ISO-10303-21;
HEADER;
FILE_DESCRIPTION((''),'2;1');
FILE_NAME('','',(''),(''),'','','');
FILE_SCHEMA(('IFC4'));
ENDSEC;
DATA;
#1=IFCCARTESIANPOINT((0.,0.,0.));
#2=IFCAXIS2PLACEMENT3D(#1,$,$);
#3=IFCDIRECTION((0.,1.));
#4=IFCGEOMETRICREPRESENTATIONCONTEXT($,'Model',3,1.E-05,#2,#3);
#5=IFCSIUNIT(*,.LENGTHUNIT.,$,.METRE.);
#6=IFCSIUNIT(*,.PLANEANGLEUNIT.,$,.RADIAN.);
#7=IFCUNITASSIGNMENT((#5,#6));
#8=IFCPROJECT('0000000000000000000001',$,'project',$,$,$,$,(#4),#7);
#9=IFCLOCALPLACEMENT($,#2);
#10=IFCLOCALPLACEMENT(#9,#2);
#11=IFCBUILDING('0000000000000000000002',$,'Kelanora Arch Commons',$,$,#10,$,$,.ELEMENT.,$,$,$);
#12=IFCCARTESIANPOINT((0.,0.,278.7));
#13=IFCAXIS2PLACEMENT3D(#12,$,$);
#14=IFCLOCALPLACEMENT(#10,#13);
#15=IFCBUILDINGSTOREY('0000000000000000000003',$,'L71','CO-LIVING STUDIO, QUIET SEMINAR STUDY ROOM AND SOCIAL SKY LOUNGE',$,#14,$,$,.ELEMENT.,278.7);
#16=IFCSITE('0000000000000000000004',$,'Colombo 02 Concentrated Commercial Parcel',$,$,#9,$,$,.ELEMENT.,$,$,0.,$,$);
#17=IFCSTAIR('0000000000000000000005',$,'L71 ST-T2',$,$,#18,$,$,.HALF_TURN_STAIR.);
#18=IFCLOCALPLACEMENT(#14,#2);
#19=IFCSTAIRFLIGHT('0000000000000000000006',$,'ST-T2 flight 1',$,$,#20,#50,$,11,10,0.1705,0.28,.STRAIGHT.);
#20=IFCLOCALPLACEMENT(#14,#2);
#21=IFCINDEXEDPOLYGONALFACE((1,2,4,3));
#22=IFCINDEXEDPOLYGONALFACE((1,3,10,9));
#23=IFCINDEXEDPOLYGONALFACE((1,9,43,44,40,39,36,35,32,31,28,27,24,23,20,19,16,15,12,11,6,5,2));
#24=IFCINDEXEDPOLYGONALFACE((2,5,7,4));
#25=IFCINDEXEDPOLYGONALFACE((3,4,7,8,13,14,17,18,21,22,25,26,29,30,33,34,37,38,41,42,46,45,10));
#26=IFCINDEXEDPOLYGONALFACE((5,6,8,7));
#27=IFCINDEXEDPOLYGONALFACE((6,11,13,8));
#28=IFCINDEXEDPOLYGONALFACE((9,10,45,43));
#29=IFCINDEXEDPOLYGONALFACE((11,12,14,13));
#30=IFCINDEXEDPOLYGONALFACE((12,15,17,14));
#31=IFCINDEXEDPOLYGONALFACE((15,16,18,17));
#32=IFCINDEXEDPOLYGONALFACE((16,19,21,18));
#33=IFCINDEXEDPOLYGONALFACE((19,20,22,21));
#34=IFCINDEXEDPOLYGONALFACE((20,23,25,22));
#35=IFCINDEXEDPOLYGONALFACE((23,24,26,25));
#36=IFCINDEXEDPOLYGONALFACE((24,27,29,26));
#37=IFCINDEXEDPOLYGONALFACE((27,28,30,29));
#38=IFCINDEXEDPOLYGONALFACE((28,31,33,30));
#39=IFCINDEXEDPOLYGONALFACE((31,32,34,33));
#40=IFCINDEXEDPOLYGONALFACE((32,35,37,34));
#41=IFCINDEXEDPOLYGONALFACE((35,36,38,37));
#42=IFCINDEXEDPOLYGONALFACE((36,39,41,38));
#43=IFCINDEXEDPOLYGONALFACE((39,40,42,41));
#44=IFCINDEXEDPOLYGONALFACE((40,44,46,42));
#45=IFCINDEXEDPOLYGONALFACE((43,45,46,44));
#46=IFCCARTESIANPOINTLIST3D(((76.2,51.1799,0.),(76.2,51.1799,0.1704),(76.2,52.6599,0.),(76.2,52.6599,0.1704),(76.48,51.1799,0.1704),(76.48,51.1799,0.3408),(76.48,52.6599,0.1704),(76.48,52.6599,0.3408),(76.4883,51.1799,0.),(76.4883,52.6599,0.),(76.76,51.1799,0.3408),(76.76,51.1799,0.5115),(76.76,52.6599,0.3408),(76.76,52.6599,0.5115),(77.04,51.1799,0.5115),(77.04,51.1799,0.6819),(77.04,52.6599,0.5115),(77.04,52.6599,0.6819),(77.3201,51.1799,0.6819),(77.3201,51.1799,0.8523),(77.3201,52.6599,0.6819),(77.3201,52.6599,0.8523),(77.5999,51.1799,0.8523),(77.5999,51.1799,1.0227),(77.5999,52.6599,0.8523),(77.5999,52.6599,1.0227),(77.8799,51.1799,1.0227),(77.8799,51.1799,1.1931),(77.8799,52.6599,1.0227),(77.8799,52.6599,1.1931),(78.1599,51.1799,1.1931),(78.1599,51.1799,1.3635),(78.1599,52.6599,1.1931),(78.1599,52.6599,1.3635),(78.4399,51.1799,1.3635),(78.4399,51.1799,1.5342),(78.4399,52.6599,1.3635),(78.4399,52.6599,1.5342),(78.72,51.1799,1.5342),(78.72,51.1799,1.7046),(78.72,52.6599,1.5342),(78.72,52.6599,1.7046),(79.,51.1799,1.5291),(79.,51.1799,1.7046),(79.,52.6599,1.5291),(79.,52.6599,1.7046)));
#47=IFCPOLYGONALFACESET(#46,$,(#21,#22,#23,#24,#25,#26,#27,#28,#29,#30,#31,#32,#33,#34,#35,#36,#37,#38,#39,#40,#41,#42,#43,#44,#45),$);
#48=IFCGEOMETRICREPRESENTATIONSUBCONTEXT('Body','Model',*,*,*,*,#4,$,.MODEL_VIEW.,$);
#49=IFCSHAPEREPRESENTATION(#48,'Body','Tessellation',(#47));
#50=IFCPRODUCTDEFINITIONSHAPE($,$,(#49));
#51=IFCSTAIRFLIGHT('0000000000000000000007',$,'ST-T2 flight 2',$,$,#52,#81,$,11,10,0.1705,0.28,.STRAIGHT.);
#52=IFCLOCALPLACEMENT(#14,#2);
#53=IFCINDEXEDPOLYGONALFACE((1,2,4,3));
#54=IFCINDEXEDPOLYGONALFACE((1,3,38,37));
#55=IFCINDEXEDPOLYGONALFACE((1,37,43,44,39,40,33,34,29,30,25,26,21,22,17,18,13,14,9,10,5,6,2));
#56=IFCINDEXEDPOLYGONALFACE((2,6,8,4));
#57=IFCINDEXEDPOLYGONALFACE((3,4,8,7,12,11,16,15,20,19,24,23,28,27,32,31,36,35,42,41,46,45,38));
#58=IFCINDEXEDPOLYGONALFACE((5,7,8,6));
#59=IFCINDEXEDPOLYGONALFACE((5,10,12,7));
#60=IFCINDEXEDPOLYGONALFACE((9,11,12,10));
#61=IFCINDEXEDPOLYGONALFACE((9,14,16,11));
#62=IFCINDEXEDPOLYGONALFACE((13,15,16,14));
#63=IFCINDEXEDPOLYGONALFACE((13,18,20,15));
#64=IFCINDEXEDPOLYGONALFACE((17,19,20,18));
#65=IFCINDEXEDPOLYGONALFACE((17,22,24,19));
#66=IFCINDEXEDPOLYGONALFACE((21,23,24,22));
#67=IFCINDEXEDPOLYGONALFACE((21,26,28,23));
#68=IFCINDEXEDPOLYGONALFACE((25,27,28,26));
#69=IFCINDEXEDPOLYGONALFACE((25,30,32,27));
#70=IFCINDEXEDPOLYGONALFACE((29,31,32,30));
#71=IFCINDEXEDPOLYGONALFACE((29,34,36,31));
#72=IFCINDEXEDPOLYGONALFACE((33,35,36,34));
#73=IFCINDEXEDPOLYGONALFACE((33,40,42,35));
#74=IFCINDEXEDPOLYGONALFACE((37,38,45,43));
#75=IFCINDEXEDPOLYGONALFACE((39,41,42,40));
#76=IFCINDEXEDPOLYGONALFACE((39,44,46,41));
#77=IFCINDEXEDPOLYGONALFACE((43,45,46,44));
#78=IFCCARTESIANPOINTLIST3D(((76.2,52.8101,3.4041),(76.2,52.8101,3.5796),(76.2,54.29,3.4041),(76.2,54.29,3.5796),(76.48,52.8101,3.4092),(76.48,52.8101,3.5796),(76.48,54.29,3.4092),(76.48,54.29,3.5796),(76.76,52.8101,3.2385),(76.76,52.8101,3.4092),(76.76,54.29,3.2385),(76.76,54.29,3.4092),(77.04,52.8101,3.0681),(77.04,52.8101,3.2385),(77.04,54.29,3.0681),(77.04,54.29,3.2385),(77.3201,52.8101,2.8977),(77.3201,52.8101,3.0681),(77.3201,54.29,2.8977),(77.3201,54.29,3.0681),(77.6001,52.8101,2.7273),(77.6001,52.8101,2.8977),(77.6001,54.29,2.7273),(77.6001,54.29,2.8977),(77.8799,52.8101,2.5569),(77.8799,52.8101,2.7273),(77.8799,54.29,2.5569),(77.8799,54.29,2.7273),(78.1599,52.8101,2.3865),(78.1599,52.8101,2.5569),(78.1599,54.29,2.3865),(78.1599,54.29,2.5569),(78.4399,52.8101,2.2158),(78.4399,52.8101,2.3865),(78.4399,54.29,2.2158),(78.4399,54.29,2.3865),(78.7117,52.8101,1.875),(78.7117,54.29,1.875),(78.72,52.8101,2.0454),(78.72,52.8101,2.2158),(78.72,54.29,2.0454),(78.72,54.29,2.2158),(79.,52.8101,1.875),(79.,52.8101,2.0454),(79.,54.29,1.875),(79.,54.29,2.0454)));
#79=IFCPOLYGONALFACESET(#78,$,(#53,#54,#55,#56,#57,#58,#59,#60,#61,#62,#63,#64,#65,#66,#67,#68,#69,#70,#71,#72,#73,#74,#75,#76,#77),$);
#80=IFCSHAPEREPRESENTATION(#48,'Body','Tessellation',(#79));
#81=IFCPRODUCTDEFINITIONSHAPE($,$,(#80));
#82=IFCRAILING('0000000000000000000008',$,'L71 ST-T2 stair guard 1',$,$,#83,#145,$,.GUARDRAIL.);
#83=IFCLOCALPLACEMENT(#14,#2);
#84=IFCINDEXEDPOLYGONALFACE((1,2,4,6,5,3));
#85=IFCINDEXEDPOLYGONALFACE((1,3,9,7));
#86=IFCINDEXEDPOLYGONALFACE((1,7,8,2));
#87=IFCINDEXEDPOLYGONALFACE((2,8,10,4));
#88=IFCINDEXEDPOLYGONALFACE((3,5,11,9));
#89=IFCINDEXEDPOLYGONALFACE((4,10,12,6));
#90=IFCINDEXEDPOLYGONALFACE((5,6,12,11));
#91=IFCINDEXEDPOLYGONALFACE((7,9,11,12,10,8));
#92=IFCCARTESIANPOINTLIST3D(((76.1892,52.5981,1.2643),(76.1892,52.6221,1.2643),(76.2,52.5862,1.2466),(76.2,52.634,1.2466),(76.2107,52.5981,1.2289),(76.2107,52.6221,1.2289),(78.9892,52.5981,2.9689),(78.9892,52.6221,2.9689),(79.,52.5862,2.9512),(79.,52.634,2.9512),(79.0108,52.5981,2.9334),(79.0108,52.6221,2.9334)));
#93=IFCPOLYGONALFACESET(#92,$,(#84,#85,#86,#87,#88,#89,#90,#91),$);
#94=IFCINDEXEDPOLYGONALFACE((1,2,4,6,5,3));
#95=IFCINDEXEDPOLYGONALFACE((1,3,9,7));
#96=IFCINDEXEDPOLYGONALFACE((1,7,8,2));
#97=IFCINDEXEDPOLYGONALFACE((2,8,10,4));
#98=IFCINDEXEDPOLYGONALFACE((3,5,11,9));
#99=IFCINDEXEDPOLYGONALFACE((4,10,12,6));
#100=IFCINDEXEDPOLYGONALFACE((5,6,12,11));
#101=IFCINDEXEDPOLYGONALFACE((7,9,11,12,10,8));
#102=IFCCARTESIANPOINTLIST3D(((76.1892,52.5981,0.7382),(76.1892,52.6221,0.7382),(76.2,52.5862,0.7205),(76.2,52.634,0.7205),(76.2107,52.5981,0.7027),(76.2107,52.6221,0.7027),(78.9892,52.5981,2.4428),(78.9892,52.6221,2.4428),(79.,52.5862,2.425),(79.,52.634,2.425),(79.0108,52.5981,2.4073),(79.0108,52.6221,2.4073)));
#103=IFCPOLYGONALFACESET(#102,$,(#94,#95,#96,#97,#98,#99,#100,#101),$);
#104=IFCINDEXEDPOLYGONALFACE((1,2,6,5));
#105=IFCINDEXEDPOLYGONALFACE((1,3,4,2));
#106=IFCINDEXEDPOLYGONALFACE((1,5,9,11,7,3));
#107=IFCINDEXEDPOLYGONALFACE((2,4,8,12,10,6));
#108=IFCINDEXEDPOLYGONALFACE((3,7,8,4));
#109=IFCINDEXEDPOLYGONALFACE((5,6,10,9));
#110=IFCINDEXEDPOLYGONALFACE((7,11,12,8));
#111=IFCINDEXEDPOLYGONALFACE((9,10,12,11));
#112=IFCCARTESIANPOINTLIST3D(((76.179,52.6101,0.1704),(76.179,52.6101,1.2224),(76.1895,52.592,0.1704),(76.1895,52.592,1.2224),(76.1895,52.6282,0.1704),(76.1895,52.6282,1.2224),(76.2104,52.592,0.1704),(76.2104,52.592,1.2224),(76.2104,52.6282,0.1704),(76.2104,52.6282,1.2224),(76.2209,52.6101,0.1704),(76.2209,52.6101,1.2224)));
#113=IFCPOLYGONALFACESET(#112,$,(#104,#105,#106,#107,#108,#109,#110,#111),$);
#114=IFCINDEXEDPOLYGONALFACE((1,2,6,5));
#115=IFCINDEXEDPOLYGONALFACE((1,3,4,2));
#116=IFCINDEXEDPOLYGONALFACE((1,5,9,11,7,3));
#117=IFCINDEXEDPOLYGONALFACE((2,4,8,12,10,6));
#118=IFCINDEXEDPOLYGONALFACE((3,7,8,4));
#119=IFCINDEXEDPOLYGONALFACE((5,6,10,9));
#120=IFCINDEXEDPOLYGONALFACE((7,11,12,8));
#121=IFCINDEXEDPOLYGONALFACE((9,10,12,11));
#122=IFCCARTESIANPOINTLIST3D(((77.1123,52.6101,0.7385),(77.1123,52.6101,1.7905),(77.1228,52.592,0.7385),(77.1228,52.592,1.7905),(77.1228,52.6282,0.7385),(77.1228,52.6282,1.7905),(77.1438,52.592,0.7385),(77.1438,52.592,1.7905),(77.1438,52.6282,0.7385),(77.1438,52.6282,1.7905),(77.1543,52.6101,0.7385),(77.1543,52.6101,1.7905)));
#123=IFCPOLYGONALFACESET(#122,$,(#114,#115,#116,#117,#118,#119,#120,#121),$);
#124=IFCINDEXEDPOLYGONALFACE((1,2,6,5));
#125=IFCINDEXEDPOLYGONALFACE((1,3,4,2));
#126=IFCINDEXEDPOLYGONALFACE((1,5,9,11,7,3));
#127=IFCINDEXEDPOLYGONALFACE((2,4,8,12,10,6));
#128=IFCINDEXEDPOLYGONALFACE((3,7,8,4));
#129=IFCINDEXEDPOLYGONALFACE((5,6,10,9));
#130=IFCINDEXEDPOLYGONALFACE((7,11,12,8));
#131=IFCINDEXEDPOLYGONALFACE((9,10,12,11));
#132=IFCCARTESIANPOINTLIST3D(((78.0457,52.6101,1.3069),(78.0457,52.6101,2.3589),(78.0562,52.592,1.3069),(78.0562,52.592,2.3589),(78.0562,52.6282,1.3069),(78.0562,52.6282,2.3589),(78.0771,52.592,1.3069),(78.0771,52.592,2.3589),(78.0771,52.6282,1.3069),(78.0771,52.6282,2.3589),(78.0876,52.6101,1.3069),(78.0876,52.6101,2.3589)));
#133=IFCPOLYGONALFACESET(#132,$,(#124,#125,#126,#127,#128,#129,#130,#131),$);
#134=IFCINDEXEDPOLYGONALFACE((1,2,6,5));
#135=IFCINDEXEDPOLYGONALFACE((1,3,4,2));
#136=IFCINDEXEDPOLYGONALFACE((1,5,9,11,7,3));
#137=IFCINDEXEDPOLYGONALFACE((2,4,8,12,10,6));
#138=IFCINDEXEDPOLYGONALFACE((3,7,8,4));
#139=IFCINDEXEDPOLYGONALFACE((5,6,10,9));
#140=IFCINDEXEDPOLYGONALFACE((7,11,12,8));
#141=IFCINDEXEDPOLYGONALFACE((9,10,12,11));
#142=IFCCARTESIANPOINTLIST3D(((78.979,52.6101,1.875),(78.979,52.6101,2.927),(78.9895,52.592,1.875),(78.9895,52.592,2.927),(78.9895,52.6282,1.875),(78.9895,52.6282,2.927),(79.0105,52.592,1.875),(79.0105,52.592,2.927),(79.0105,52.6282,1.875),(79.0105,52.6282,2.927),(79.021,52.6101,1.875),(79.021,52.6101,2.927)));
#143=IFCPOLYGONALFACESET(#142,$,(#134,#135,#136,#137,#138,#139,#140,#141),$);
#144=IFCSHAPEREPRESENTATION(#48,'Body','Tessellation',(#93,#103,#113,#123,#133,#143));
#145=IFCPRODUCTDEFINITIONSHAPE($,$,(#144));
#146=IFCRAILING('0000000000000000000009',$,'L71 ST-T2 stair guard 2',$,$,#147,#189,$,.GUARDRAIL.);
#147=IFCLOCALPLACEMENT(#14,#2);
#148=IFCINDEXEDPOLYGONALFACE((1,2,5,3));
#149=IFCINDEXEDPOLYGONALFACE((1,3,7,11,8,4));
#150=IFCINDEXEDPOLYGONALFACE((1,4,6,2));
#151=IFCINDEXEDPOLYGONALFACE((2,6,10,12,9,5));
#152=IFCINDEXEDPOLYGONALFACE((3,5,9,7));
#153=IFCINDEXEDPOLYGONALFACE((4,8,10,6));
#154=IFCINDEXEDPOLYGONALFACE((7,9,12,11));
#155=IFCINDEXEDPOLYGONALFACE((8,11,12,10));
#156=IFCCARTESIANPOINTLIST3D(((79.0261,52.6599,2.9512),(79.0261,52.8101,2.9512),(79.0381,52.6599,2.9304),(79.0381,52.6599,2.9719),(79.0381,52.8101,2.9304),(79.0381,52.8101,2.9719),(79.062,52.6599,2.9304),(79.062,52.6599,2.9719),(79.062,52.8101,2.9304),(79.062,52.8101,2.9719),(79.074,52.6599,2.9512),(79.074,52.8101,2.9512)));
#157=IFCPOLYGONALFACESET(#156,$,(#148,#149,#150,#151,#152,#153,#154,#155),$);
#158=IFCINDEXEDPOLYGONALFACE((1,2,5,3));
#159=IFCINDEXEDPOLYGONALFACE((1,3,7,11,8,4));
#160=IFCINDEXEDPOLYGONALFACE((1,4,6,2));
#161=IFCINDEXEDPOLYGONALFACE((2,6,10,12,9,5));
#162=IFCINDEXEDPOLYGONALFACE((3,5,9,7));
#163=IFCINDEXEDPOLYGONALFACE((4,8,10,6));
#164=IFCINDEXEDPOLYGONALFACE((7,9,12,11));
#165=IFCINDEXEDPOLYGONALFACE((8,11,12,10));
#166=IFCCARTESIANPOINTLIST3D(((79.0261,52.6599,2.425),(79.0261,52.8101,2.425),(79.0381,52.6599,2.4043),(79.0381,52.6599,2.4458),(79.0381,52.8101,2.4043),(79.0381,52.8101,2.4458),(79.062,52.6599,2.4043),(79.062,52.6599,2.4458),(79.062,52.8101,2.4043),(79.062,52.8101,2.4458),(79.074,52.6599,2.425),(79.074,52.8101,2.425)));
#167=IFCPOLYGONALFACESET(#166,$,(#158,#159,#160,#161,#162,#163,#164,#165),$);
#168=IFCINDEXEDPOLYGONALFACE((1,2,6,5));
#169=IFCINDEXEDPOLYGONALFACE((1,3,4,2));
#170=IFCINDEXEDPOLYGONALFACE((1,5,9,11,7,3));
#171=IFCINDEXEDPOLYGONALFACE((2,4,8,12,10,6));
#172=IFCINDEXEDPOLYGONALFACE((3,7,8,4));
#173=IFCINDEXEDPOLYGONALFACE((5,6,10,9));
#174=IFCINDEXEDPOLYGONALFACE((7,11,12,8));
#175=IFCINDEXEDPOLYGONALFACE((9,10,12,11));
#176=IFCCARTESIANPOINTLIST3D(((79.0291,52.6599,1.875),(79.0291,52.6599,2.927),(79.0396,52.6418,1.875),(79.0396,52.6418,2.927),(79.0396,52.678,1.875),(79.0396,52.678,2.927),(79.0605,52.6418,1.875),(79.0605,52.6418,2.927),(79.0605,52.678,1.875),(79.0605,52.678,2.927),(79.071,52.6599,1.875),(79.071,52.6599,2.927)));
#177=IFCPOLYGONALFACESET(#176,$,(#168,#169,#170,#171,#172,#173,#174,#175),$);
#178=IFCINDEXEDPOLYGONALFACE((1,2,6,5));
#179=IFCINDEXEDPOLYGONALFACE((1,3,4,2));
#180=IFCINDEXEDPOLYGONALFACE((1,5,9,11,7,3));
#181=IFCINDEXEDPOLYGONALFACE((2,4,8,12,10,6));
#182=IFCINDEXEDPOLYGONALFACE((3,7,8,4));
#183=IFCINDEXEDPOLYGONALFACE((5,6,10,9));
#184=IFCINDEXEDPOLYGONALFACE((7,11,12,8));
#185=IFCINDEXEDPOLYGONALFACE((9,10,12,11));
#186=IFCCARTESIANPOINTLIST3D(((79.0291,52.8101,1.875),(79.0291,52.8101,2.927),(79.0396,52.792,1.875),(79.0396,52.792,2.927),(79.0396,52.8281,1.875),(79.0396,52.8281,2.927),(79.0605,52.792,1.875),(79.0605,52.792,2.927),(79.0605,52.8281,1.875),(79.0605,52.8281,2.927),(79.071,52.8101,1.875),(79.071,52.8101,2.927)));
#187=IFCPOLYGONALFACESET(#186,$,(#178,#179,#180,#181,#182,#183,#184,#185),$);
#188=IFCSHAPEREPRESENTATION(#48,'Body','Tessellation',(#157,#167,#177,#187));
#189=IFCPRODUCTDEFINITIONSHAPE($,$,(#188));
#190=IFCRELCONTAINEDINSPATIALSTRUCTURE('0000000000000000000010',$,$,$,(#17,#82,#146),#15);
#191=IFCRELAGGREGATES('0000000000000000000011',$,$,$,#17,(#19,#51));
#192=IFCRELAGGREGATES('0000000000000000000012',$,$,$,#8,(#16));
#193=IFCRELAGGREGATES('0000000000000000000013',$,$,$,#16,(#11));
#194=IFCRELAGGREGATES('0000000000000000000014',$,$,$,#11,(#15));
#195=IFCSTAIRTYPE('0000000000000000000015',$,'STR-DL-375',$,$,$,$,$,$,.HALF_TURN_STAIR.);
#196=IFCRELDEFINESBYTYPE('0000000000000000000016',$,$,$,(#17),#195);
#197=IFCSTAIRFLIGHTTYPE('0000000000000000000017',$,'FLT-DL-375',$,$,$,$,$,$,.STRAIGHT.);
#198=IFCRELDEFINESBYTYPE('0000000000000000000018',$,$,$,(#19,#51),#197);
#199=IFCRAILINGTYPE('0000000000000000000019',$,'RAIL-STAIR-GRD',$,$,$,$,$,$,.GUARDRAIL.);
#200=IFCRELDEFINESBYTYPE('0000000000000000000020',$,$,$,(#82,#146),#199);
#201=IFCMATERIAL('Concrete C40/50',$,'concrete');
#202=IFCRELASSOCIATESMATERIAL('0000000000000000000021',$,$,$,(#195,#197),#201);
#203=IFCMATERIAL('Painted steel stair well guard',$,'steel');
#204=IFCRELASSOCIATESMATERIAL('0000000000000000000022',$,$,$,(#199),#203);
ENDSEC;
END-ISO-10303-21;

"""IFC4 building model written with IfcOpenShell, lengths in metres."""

from ifc_helpers import new_model, si_unit, direction, frame, origin, place, context, subcontext, project, spatial, polyline, outline, extrude, material, type_object, element, aggregate, save


model = new_model("IFC4")

# Units and contexts
model_context = context("Model", 3, precision=1e-05, world=origin(), true_north=direction((0.0, 1.0)))
body_context = subcontext(model_context, "Body", "Model", "MODEL_VIEW")
ifc_project = project(units=[si_unit("LENGTHUNIT", "METRE"), si_unit("PLANEANGLEUNIT", "RADIAN")], contexts=[model_context])

# Site, building, storey
site_placement = place(None, origin())
site = spatial("IfcSite", under=ifc_project, at=site_placement, Name="Colombo 02 Concentrated Commercial Parcel", CompositionType="ELEMENT", RefElevation=0.0)
building_placement = place(site_placement, origin())
building = spatial("IfcBuilding", under=site, at=building_placement, Name="Kelanora Arch Commons", CompositionType="ELEMENT")
storey_placement = place(building_placement, frame((0.0, 0.0, 278.7)))
storey = spatial("IfcBuildingStorey", under=building, at=storey_placement, Name="L71", Description="CO-LIVING STUDIO, QUIET SEMINAR STUDY ROOM AND SOCIAL SKY LOUNGE", CompositionType="ELEMENT", Elevation=278.7)

# Shared definitions
ifc_material_1 = material(Name="Concrete C40/50", Category="concrete")

# Stair, stair flights
stair_type = type_object("IfcStairType", Name="STR-DL-375", PredefinedType="HALF_TURN_STAIR", material=ifc_material_1)
stair_placement = place(storey_placement, origin())
stair = element("IfcStair", 1, at=stair_placement, inside=storey, type_object=stair_type, Name="L71 ST-T2", PredefinedType="HALF_TURN_STAIR")
stair_flight_type = type_object("IfcStairFlightType", Name="FLT-DL-375", PredefinedType="STRAIGHT", material=ifc_material_1)
stair_flight_1_placement = place(storey_placement, frame((76.2, 51.9199, 0.0), z_axis=(0.0, 0.0, 1.0), x_axis=(1.0, 0.0, 0.0)))
stair_flight_1 = element("IfcStairFlight", 2, at=stair_flight_1_placement, type_object=stair_flight_type, Name="ST-T2 flight 1", NumberOfRisers=11, NumberOfTreads=10, PredefinedType="STRAIGHT", RiserHeight=0.1705, TreadLength=0.28, context=body_context, shape_type="SweptSolid", body=[
    extrude(outline(polyline([(0.0, 0.0), (0.0, 0.1704), (0.28, 0.1704), (0.28, 0.3408), (0.5601, 0.3408), (0.5601, 0.5115), (0.8401, 0.5115), (0.8401, 0.6819), (1.1201, 0.6819), (1.1201, 0.8523), (1.3999, 0.8523), (1.3999, 1.0227), (1.6799, 1.0227), (1.6799, 1.1931), (1.96, 1.1931), (1.96, 1.3635), (2.24, 1.3635), (2.24, 1.5342), (2.52, 1.5342), (2.52, 1.7046), (2.8, 1.7046), (2.8, 1.875), (2.8, 1.5291), (0.2883, 0.0), (0.0, 0.0)])), frame((0.0, 0.74, 0.0), z_axis=(0.0, -1.0, 0.0), x_axis=(1.0, 0.0, 0.0)), (0.0, 0.0, 1.0), 1.48),
])
stair_flight_2_placement = place(storey_placement, frame((79.0, 53.55, 1.875), z_axis=(0.0, 0.0, 1.0), x_axis=(-1.0, 0.0, 0.0)))
stair_flight_2 = element("IfcStairFlight", 3, at=stair_flight_2_placement, type_object=stair_flight_type, Name="ST-T2 flight 2", NumberOfRisers=11, NumberOfTreads=10, PredefinedType="STRAIGHT", RiserHeight=0.1705, TreadLength=0.28, context=body_context, shape_type="SweptSolid", body=[
    extrude(outline(polyline([(0.0, 0.0), (0.0, 0.1704), (0.28, 0.1704), (0.28, 0.3408), (0.5601, 0.3408), (0.5601, 0.5115), (0.8401, 0.5115), (0.8401, 0.6819), (1.1201, 0.6819), (1.1201, 0.8523), (1.3999, 0.8523), (1.3999, 1.0227), (1.6799, 1.0227), (1.6799, 1.1931), (1.96, 1.1931), (1.96, 1.3635), (2.24, 1.3635), (2.24, 1.5342), (2.52, 1.5342), (2.52, 1.7046), (2.8, 1.7046), (2.8, 1.875), (2.8, 1.5291), (0.2883, 0.0), (0.0, 0.0)])), frame((0.0, 0.74, 0.0), z_axis=(0.0, -1.0, 0.0), x_axis=(1.0, 0.0, 0.0)), (0.0, 0.0, 1.0), 1.48),
])
aggregate(stair, [stair_flight_1, stair_flight_2])

# Railings
ifc_material_2 = material(Name="Painted steel stair well guard", Category="steel")
railing_type_1 = type_object("IfcRailingType", Name="RAIL-STAIR-GRD", PredefinedType="GUARDRAIL", material=ifc_material_2)
railing_1_placement = place(storey_placement, frame((76.2, 52.6101, 0.1704)))
element("IfcRailing", 4, at=railing_1_placement, inside=storey, type_object=railing_type_1, Name="L71 ST-T2 stair guard 1", PredefinedType="GUARDRAIL", context=body_context, shape_type="SweptSolid", body=[
    extrude(outline(polyline([(0.0239, 0.0), (0.012, 0.0208), (-0.012, 0.0208), (-0.0239, 0.0), (-0.012, -0.0208), (0.012, -0.0208), (0.0239, 0.0)])), frame((0.0, 0.0, 1.0762), z_axis=(0.85417, 0.0, 0.519994), x_axis=(0.0, 1.0, 0.0)), (0.0, 0.0, 1.0), 3.2781),
    extrude(outline(polyline([(0.0239, 0.0), (0.012, 0.0208), (-0.012, 0.0208), (-0.0239, 0.0), (-0.012, -0.0208), (0.012, -0.0208), (0.0239, 0.0)])), frame((0.0, 0.0, 0.55), z_axis=(0.85417, 0.0, 0.519994), x_axis=(0.0, 1.0, 0.0)), (0.0, 0.0, 1.0), 3.2781),
    extrude(outline(polyline([(0.021, 0.0), (0.0105, 0.0181), (-0.0105, 0.0181), (-0.021, 0.0), (-0.0105, -0.0181), (0.0105, -0.0181), (0.021, 0.0)])), origin(), (0.0, 0.0, 1.0), 1.052),
    extrude(outline(polyline([(0.021, 0.0), (0.0105, 0.0181), (-0.0105, 0.0181), (-0.021, 0.0), (-0.0105, -0.0181), (0.0105, -0.0181), (0.021, 0.0)])), frame((0.9333, 0.0, 0.5681)), (0.0, 0.0, 1.0), 1.052),
    extrude(outline(polyline([(0.021, 0.0), (0.0105, 0.0181), (-0.0105, 0.0181), (-0.021, 0.0), (-0.0105, -0.0181), (0.0105, -0.0181), (0.021, 0.0)])), frame((1.8667, 0.0, 1.1365)), (0.0, 0.0, 1.0), 1.052),
    extrude(outline(polyline([(0.021, 0.0), (0.0105, 0.0181), (-0.0105, 0.0181), (-0.021, 0.0), (-0.0105, -0.0181), (0.0105, -0.0181), (0.021, 0.0)])), frame((2.8, 0.0, 1.7046)), (0.0, 0.0, 1.0), 1.052),
])
railing_2_placement = place(storey_placement, frame((79.05, 52.6599, 1.875)))
element("IfcRailing", 5, at=railing_2_placement, inside=storey, type_object=railing_type_1, Name="L71 ST-T2 stair guard 2", PredefinedType="GUARDRAIL", context=body_context, shape_type="SweptSolid", body=[
    extrude(outline(polyline([(0.0239, 0.0), (0.012, 0.0208), (-0.012, 0.0208), (-0.0239, 0.0), (-0.012, -0.0208), (0.012, -0.0208), (0.0239, 0.0)])), frame((0.0, 0.0, 1.0762), z_axis=(0.0, 1.0, 0.0), x_axis=(-1.0, 0.0, 0.0)), (0.0, 0.0, 1.0), 0.1501),
    extrude(outline(polyline([(0.0239, 0.0), (0.012, 0.0208), (-0.012, 0.0208), (-0.0239, 0.0), (-0.012, -0.0208), (0.012, -0.0208), (0.0239, 0.0)])), frame((0.0, 0.0, 0.55), z_axis=(0.0, 1.0, 0.0), x_axis=(-1.0, 0.0, 0.0)), (0.0, 0.0, 1.0), 0.1501),
    extrude(outline(polyline([(0.021, 0.0), (0.0105, 0.0181), (-0.0105, 0.0181), (-0.021, 0.0), (-0.0105, -0.0181), (0.0105, -0.0181), (0.021, 0.0)])), origin(), (0.0, 0.0, 1.0), 1.052),
    extrude(outline(polyline([(0.021, 0.0), (0.0105, 0.0181), (-0.0105, 0.0181), (-0.021, 0.0), (-0.0105, -0.0181), (0.0105, -0.0181), (0.021, 0.0)])), frame((0.0, 0.1501, 0.0)), (0.0, 0.0, 1.0), 1.052),
])

save(model, "model.ifc")
